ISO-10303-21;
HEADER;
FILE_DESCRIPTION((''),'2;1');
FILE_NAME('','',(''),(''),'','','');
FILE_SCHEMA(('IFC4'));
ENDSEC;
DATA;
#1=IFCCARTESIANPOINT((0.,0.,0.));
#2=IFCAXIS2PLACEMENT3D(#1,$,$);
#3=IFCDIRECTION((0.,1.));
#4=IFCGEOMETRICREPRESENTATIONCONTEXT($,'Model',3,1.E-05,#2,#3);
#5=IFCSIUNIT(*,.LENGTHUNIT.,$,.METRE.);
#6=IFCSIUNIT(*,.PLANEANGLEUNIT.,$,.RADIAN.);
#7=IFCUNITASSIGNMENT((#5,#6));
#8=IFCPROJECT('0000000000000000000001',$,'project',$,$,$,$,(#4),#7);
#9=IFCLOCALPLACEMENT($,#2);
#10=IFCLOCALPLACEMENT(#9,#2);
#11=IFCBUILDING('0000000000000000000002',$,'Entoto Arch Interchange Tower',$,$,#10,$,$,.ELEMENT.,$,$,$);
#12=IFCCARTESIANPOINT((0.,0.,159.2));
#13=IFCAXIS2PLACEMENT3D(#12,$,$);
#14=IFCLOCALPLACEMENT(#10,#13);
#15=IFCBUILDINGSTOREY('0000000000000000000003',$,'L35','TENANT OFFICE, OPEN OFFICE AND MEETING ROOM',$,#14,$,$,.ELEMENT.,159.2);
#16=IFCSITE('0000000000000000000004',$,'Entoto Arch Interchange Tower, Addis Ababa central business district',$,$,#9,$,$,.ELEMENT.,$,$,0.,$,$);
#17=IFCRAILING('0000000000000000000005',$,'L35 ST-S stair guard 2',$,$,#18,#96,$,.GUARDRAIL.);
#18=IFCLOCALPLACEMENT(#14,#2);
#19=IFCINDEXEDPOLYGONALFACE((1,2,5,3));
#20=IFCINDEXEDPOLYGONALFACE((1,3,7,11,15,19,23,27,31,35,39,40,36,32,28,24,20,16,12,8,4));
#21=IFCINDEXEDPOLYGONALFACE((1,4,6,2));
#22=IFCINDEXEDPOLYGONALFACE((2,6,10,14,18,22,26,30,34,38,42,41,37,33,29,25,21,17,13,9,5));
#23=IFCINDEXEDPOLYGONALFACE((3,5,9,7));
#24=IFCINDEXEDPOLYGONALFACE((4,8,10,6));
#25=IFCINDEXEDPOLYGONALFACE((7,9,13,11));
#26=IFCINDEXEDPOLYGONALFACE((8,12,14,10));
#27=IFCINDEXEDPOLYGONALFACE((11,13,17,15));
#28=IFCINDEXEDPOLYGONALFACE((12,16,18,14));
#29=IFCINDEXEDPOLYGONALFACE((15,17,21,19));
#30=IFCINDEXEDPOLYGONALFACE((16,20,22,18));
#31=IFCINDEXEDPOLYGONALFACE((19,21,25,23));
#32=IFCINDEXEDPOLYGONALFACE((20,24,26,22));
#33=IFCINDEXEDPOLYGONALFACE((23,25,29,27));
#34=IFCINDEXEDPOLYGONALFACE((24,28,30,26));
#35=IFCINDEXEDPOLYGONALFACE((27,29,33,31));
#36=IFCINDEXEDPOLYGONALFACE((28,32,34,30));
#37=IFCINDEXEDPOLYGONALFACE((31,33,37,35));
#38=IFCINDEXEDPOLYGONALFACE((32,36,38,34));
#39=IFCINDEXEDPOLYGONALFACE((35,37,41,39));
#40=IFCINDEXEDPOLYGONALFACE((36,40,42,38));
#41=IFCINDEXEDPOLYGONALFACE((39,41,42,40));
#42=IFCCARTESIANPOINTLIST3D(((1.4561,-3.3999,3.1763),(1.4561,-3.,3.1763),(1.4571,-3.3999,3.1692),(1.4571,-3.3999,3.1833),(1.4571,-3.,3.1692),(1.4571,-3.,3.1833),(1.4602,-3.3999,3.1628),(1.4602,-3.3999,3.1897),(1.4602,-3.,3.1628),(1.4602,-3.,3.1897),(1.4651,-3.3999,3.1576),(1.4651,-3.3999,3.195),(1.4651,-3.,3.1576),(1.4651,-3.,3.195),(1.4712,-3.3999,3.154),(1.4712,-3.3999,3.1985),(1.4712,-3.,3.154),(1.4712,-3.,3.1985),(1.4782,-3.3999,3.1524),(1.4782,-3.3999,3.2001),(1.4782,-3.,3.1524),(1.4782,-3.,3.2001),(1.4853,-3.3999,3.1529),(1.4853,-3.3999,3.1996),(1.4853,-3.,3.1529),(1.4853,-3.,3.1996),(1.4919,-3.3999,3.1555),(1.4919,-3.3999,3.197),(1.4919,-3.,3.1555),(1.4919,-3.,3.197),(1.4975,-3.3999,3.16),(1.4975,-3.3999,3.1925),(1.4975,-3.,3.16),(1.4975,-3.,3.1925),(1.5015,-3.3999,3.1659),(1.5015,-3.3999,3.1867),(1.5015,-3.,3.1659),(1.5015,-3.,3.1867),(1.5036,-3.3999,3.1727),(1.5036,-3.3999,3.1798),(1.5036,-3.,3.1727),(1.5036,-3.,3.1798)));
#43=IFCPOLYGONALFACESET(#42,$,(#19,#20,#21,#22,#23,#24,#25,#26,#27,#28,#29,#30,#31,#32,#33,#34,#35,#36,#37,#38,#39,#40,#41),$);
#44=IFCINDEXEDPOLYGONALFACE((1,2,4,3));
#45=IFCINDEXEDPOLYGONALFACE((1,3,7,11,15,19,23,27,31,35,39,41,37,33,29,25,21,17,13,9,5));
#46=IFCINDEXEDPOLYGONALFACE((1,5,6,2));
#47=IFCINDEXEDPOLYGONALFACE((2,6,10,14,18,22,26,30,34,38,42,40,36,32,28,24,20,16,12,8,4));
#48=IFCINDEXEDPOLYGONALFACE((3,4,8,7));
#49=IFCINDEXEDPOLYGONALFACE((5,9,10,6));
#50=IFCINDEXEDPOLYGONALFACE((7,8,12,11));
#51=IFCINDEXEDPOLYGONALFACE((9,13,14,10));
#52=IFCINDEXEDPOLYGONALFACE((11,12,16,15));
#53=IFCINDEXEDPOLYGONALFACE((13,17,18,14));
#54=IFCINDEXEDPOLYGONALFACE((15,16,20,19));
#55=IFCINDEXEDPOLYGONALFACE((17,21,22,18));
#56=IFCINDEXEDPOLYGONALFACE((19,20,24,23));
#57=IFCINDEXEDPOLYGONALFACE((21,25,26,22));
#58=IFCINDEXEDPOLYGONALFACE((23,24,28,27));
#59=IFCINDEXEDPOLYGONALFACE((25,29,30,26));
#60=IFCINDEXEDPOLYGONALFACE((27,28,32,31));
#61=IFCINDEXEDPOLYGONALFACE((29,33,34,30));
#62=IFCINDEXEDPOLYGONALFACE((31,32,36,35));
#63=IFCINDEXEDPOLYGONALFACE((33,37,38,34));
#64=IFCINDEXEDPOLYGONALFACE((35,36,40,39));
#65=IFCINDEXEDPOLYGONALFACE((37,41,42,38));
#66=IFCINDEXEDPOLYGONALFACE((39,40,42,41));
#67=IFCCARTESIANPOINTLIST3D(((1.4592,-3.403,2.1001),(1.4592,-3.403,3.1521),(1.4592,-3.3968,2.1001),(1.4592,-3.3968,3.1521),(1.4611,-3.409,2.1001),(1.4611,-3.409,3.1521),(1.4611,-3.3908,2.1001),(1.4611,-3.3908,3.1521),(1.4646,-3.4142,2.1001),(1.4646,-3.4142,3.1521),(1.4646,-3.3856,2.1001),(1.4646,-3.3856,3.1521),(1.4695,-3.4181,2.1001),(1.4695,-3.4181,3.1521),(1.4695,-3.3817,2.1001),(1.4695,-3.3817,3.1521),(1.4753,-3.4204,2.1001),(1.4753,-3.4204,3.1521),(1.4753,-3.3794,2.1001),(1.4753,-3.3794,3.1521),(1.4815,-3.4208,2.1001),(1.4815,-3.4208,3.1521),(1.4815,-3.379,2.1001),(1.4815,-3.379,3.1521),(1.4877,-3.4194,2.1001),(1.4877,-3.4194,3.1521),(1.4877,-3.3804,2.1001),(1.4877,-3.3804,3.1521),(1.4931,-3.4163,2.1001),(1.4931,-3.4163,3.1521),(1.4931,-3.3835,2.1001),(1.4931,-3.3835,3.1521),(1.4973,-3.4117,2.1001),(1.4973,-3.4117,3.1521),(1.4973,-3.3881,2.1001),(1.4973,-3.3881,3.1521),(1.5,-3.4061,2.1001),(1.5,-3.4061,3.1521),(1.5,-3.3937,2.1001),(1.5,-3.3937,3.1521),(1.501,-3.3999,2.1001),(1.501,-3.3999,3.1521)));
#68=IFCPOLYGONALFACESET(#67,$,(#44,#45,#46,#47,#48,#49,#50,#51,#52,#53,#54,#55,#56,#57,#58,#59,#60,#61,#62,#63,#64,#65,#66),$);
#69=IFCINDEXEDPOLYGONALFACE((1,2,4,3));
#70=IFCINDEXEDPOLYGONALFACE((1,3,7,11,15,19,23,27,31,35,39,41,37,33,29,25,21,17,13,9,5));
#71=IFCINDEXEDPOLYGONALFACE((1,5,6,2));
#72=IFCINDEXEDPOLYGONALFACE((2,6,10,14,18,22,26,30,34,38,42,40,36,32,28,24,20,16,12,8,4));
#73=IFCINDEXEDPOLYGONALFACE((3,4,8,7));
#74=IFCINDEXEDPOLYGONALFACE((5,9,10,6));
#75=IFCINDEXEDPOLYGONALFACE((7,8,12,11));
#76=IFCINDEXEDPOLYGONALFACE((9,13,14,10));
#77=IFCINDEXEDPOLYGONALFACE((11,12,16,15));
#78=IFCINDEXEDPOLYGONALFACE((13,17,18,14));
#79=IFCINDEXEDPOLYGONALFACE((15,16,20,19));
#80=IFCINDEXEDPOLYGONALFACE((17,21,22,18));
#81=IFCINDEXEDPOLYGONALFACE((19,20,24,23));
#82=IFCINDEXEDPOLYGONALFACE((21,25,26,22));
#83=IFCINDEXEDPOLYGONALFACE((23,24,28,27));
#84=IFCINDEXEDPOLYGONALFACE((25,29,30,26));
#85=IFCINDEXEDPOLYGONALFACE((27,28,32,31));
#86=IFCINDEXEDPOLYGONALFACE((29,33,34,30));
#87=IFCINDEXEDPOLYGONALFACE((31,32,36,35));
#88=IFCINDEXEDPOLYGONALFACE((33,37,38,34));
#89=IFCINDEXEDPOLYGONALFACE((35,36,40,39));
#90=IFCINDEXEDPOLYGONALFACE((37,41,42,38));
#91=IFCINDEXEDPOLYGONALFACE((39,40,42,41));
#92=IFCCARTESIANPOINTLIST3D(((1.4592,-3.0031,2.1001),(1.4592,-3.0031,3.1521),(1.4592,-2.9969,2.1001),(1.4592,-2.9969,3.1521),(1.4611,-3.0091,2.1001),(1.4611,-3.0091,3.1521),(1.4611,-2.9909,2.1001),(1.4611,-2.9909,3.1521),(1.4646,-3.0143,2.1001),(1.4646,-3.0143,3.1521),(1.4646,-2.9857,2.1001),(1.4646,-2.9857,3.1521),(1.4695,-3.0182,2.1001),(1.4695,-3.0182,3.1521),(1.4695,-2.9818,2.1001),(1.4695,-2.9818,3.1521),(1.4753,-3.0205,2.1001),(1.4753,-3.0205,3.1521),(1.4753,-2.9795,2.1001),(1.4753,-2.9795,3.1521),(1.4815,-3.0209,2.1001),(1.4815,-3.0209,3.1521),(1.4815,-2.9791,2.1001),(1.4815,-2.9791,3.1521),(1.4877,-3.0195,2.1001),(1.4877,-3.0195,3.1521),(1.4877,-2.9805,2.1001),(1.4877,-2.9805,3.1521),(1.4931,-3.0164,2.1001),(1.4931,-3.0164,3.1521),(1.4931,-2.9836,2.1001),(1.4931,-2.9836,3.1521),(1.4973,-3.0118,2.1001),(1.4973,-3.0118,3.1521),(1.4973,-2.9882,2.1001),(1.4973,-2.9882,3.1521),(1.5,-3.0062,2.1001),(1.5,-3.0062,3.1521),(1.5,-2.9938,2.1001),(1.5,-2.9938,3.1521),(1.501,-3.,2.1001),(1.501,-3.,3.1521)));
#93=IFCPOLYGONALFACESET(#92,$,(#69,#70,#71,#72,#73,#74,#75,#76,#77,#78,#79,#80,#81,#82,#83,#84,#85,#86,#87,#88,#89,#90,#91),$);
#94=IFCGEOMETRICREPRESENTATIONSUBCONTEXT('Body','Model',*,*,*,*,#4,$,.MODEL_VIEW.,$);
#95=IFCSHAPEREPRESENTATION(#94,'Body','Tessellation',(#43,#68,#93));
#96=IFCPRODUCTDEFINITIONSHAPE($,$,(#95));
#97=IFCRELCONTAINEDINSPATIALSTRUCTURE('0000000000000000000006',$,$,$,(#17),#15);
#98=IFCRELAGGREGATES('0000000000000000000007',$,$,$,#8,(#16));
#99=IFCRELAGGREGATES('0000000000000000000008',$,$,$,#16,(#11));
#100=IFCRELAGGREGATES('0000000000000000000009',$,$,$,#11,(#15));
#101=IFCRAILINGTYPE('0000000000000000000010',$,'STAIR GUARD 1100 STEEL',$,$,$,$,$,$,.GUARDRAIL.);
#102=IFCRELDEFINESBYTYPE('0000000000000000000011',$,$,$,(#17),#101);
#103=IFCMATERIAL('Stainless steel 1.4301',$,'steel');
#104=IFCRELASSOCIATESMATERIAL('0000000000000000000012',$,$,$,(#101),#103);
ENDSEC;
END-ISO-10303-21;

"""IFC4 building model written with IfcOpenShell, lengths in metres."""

from ifc_helpers import new_model, si_unit, direction, frame, origin, origin_2d, place, context, subcontext, project, spatial, circle, extrude, material, type_object, element, save


model = new_model("IFC4")

# Units and contexts
model_context = context("Model", 3, precision=1e-05, world=origin(), true_north=direction((0.0, 1.0)))
body_context = subcontext(model_context, "Body", "Model", "MODEL_VIEW")
ifc_project = project(units=[si_unit("LENGTHUNIT", "METRE"), si_unit("PLANEANGLEUNIT", "RADIAN")], contexts=[model_context])

# Site, building, storey
site_placement = place(None, origin())
site = spatial("IfcSite", under=ifc_project, at=site_placement, Name="Entoto Arch Interchange Tower, Addis Ababa central business district", CompositionType="ELEMENT", RefElevation=0.0)
building_placement = place(site_placement, origin())
building = spatial("IfcBuilding", under=site, at=building_placement, Name="Entoto Arch Interchange Tower", CompositionType="ELEMENT")
storey_placement = place(building_placement, frame((0.0, 0.0, 159.2)))
storey = spatial("IfcBuildingStorey", under=building, at=storey_placement, Name="L35", Description="TENANT OFFICE, OPEN OFFICE AND MEETING ROOM", CompositionType="ELEMENT", Elevation=159.2)

# Railing
ifc_material_1 = material(Name="Stainless steel 1.4301", Category="steel")
railing_type_1 = type_object("IfcRailingType", Name="STAIR GUARD 1100 STEEL", PredefinedType="GUARDRAIL", material=ifc_material_1)
railing_1_placement = place(storey_placement, frame((1.48, -3.3999, 2.1001)))
element("IfcRailing", 1, at=railing_1_placement, inside=storey, type_object=railing_type_1, Name="L35 ST-S stair guard 2", PredefinedType="GUARDRAIL", context=body_context, shape_type="SweptSolid", body=[
    extrude(circle(Radius=0.0239, at=origin_2d()), frame((0.0, 0.0, 1.0762), z_axis=(0.0, 1.0, 0.0), x_axis=(-1.0, 0.0, 0.0)), (0.0, 0.0, 1.0), 0.3999),
    extrude(circle(Radius=0.021, at=origin_2d()), origin(), (0.0, 0.0, 1.0), 1.052),
    extrude(circle(Radius=0.021, at=origin_2d()), frame((0.0, 0.3999, 0.0)), (0.0, 0.0, 1.0), 1.052),
])

save(model, "model.ifc")
